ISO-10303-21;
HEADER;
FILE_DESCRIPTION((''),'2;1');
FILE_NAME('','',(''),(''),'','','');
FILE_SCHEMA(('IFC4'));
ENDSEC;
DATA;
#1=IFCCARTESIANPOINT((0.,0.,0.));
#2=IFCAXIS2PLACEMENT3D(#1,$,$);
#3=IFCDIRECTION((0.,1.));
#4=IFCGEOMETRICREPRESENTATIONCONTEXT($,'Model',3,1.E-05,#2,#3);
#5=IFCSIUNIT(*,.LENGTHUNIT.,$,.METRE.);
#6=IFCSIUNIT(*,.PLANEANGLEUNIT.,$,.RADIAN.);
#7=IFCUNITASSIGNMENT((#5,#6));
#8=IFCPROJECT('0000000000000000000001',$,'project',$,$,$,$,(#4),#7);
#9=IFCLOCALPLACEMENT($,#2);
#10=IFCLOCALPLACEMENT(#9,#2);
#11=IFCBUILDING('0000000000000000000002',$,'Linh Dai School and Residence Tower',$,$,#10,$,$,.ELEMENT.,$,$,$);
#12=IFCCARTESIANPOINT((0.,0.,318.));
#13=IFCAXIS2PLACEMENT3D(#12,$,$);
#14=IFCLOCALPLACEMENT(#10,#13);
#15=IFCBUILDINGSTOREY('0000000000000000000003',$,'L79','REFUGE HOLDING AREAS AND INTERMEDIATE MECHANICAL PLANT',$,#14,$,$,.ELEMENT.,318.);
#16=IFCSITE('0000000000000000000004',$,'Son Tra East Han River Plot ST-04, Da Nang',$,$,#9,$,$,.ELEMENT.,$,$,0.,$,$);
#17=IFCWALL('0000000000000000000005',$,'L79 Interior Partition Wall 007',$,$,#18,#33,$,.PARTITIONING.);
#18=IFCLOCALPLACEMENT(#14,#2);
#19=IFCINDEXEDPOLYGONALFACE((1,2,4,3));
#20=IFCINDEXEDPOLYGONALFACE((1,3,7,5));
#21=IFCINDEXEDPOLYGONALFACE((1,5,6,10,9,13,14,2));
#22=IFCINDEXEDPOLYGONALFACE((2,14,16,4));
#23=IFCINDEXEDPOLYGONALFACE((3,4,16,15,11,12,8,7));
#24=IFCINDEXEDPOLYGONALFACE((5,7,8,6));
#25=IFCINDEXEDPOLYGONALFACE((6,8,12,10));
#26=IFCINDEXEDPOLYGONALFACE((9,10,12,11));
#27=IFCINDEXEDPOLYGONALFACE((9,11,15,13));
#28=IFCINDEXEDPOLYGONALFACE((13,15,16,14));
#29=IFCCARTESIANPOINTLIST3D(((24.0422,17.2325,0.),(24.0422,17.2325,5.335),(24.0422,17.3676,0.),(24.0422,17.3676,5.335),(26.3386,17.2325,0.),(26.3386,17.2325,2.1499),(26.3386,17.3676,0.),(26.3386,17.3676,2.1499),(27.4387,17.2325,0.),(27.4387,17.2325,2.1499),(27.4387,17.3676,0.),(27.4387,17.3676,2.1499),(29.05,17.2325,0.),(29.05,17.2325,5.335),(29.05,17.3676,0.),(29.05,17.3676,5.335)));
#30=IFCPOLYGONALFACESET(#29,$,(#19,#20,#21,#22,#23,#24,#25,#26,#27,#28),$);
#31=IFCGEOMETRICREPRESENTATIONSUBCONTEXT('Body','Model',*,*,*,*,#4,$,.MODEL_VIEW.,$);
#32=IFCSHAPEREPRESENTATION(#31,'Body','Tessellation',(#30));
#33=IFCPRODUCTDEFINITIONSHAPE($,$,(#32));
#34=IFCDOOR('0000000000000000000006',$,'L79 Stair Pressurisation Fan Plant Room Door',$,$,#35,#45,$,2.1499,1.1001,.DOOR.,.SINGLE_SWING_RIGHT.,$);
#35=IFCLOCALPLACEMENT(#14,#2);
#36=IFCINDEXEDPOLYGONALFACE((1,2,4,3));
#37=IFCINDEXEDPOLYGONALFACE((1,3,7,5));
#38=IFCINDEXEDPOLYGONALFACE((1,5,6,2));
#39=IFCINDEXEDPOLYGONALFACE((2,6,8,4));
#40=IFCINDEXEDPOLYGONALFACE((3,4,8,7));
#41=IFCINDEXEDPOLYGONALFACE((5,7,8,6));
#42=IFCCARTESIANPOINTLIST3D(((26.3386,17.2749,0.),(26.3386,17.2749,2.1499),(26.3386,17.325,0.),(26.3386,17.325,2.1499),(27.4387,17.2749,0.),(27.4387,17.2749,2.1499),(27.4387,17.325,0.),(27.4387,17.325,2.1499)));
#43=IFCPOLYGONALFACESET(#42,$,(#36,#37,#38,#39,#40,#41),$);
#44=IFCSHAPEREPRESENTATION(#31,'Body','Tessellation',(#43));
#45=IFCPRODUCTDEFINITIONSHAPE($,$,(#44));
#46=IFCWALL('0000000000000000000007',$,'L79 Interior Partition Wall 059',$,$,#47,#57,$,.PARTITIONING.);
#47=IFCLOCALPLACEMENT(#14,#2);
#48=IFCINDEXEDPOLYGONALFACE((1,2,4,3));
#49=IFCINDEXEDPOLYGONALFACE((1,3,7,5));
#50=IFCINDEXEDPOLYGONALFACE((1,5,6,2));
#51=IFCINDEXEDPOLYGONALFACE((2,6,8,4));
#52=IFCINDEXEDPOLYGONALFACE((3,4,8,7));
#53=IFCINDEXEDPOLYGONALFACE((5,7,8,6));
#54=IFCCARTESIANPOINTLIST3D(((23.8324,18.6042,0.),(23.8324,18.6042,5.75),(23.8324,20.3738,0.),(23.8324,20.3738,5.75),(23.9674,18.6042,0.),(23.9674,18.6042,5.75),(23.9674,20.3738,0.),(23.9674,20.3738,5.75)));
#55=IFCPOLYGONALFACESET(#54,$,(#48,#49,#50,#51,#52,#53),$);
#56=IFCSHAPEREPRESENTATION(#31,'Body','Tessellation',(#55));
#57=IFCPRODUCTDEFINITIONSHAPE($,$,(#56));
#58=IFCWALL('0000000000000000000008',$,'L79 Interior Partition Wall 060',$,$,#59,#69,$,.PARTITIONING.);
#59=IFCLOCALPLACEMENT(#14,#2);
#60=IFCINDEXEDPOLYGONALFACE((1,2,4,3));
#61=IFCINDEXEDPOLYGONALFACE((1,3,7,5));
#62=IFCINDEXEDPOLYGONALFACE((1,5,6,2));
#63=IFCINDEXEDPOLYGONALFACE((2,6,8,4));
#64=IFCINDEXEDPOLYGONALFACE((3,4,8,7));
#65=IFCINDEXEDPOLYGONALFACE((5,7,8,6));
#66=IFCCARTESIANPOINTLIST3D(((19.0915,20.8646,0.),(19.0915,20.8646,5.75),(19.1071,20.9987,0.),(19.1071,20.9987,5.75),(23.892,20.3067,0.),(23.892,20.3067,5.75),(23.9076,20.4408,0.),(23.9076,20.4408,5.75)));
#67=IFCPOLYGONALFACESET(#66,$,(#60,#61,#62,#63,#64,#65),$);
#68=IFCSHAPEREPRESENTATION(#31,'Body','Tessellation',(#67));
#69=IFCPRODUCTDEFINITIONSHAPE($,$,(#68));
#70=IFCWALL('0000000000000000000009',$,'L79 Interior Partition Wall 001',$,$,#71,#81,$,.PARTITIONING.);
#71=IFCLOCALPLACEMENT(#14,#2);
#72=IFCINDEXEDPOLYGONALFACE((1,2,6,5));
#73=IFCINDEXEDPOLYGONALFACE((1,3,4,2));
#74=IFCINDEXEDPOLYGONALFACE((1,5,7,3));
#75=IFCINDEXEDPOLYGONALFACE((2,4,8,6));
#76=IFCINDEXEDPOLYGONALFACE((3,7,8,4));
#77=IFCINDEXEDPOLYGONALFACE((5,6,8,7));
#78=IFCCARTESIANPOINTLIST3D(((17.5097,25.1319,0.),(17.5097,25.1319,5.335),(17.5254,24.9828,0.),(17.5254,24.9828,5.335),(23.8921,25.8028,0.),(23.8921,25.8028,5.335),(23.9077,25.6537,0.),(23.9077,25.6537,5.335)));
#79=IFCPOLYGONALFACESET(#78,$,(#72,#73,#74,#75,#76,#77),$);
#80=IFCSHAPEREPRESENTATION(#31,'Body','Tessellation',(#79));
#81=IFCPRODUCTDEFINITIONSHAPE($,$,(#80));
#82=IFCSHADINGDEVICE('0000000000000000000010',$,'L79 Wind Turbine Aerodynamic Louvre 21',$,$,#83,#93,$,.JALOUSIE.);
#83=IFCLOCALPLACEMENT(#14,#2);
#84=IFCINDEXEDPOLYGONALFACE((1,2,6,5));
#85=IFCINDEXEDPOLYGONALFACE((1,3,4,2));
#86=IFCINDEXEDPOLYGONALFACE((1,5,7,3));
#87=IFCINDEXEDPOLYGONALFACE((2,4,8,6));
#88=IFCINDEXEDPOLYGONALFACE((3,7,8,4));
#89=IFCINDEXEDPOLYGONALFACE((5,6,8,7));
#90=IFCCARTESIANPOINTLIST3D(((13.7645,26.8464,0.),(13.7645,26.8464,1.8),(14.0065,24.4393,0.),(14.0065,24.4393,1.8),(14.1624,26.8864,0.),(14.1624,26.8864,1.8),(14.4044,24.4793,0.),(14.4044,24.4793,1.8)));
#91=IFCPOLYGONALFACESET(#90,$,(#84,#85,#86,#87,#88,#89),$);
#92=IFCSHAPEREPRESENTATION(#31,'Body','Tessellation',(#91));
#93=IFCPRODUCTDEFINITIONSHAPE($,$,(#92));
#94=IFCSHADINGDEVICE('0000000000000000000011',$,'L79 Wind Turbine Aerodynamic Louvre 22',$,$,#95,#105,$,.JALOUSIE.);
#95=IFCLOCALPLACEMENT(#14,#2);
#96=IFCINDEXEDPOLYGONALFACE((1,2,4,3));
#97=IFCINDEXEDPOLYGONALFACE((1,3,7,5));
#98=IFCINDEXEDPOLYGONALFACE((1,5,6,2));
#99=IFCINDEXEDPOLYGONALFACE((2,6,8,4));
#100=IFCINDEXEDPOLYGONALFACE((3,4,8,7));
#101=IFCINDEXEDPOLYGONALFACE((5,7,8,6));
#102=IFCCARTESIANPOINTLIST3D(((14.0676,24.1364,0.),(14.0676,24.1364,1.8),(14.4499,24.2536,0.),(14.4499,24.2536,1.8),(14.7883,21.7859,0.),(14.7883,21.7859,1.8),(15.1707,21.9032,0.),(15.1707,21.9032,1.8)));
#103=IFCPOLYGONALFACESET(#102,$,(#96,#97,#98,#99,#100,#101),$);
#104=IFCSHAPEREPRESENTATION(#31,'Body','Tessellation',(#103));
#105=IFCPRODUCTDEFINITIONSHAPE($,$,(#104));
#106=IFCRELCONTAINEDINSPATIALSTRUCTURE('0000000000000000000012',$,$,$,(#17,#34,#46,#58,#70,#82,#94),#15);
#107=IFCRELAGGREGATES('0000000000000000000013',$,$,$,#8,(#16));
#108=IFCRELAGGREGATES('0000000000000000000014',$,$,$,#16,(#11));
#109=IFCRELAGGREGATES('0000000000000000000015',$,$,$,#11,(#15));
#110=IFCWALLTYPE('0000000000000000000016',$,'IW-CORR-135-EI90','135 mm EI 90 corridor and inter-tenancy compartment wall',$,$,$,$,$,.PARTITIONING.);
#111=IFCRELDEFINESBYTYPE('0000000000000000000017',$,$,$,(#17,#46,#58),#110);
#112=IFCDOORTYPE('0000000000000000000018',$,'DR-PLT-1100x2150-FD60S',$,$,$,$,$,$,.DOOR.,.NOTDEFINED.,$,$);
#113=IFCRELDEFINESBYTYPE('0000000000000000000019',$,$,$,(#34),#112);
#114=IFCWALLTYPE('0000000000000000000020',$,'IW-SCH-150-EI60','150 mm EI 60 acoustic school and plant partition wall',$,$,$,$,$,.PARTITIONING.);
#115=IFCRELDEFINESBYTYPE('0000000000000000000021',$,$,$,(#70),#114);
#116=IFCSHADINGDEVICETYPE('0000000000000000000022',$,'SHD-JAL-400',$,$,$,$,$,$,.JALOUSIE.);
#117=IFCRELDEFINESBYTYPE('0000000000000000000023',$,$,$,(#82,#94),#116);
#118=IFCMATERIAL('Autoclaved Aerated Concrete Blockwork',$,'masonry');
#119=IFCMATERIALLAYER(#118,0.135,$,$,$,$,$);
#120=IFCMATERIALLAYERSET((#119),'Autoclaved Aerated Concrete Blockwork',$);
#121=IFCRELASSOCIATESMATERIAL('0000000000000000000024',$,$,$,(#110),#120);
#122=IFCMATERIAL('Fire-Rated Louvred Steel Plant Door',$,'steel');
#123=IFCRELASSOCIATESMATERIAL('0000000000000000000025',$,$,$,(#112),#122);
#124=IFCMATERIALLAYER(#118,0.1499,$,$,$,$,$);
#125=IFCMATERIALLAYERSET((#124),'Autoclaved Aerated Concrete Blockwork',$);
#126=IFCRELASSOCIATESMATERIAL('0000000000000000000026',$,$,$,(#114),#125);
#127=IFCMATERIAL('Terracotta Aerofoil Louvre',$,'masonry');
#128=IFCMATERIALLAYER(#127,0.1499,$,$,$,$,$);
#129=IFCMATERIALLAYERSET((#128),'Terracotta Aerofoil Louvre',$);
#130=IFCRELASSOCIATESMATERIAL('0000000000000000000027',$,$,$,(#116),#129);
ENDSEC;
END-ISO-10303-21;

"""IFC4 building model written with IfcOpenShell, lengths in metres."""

from ifc_helpers import new_model, si_unit, direction, frame, frame_2d, origin, origin_2d, place, context, subcontext, project, spatial, rectangle, extrude, source, transform, mapped, material, layer, layer_set, type_object, element, fill, save


model = new_model("IFC4")

# Units and contexts
model_context = context("Model", 3, precision=1e-05, world=origin(), true_north=direction((0.0, 1.0)))
body_context = subcontext(model_context, "Body", "Model", "MODEL_VIEW")
ifc_project = project(units=[si_unit("LENGTHUNIT", "METRE"), si_unit("PLANEANGLEUNIT", "RADIAN")], contexts=[model_context])

# Site, building, storey
site_placement = place(None, origin())
site = spatial("IfcSite", under=ifc_project, at=site_placement, Name="Son Tra East Han River Plot ST-04, Da Nang", CompositionType="ELEMENT", RefElevation=0.0)
building_placement = place(site_placement, origin())
building = spatial("IfcBuilding", under=site, at=building_placement, Name="Linh Dai School and Residence Tower", CompositionType="ELEMENT")
storey_placement = place(building_placement, frame((0.0, 0.0, 318.0)))
storey = spatial("IfcBuildingStorey", under=building, at=storey_placement, Name="L79", Description="REFUGE HOLDING AREAS AND INTERMEDIATE MECHANICAL PLANT", CompositionType="ELEMENT", Elevation=318.0)

# Shared definitions
ifc_material_1 = material(Name="Autoclaved Aerated Concrete Blockwork", Category="masonry")
ifc_layer_1 = layer(ifc_material_1, 0.135)
ifc_layer_set_1 = layer_set([ifc_layer_1], Name="Autoclaved Aerated Concrete Blockwork")
wall_type_1 = type_object("IfcWallType", Name="IW-CORR-135-EI90", Description="135 mm EI 90 corridor and inter-tenancy compartment wall", PredefinedType="PARTITIONING", material=ifc_layer_set_1)

# Shared definitions
ifc_material_2 = material(Name="Fire-Rated Louvred Steel Plant Door", Category="steel")
door_type = type_object("IfcDoorType", Name="DR-PLT-1100x2150-FD60S", OperationType="NOTDEFINED", PredefinedType="DOOR", material=ifc_material_2)
shared_shape_1 = source(origin(), body_context, "Body", "SweptSolid", [
    extrude(rectangle(XDim=1.1001, YDim=2.1499, at=origin_2d()), frame((0.55, 0.0249, 1.075), z_axis=(0.0, -1.0, 0.0), x_axis=(1.0, 0.0, 0.0)), (0.0, 0.0, 1.0), 0.05),
])

# Wall, opening, door
wall_1_placement = place(storey_placement, frame((24.0422, 17.3, 0.0), z_axis=(0.0, 0.0, 1.0), x_axis=(1.0, 0.0, 0.0)))
wall_1 = element("IfcWall", 1, at=wall_1_placement, inside=storey, type_object=wall_type_1, Name="L79 Interior Partition Wall 007", PredefinedType="PARTITIONING", context=body_context, shape_type="SweptSolid", body=[
    extrude(rectangle(XDim=5.0078, YDim=0.135, at=frame_2d((2.5039, 0.0))), origin(), (0.0, 0.0, 1.0), 5.335),
])
opening_1_placement = place(wall_1_placement, frame((2.2964, 0.0, 0.0)))
opening_1 = element("IfcOpeningElement", 2, at=opening_1_placement, cuts=wall_1, PredefinedType="OPENING", context=body_context, shape_type="SweptSolid", body=[
    extrude(rectangle(XDim=1.1001, YDim=2.1499, at=origin_2d()), frame((0.55, 0.0776, 1.075), z_axis=(0.0, -1.0, 0.0), x_axis=(1.0, 0.0, 0.0)), (0.0, 0.0, 1.0), 0.155),
])
door_1_placement = place(opening_1_placement, origin())
door_1 = element("IfcDoor", 3, at=door_1_placement, inside=storey, type_object=door_type, Name="L79 Stair Pressurisation Fan Plant Room Door", OperationType="SINGLE_SWING_RIGHT", OverallHeight=2.1499, OverallWidth=1.1001, PredefinedType="DOOR", context=body_context, shape_type="MappedRepresentation", body=[
    mapped(shared_shape_1, transform((0.0, 0.0, 0.0), x_axis=(1.0, 0.0, 0.0), y_axis=(0.0, 1.0, 0.0), z_axis=(0.0, 0.0, 1.0), scale=1.0)),
])
fill(opening_1, door_1)

# Walls
wall_2_placement = place(storey_placement, frame((23.8999, 18.6042, 0.0), z_axis=(0.0, 0.0, 1.0), x_axis=(0.0, 1.0, 0.0)))
element("IfcWall", 4, at=wall_2_placement, inside=storey, type_object=wall_type_1, Name="L79 Interior Partition Wall 059", PredefinedType="PARTITIONING", context=body_context, shape_type="SweptSolid", body=[
    extrude(rectangle(XDim=1.7695, YDim=0.135, at=frame_2d((0.8848, 0.0))), origin(), (0.0, 0.0, 1.0), 5.75),
])
wall_3_placement = place(storey_placement, frame((23.8999, 20.3738, 0.0), z_axis=(0.0, 0.0, 1.0), x_axis=(-0.993315, 0.115431, 0.0)))
element("IfcWall", 5, at=wall_3_placement, inside=storey, type_object=wall_type_1, Name="L79 Interior Partition Wall 060", PredefinedType="PARTITIONING", context=body_context, shape_type="SweptSolid", body=[
    extrude(rectangle(XDim=4.8328, YDim=0.135, at=frame_2d((2.4165, 0.0))), origin(), (0.0, 0.0, 1.0), 5.75),
])
ifc_layer_2 = layer(ifc_material_1, 0.1499)
ifc_layer_set_2 = layer_set([ifc_layer_2], Name="Autoclaved Aerated Concrete Blockwork")
wall_type_2 = type_object("IfcWallType", Name="IW-SCH-150-EI60", Description="150 mm EI 60 acoustic school and plant partition wall", PredefinedType="PARTITIONING", material=ifc_layer_set_2)
wall_4_placement = place(storey_placement, frame((17.5176, 25.0574, 0.0), z_axis=(0.0, 0.0, 1.0), x_axis=(0.99452, 0.104542, 0.0)))
element("IfcWall", 6, at=wall_4_placement, inside=storey, type_object=wall_type_2, Name="L79 Interior Partition Wall 001", PredefinedType="PARTITIONING", context=body_context, shape_type="SweptSolid", body=[
    extrude(rectangle(XDim=6.4175, YDim=0.1499, at=frame_2d((3.2087, 0.0))), origin(), (0.0, 0.0, 1.0), 5.335),
])

# Shading devices
ifc_material_3 = material(Name="Terracotta Aerofoil Louvre", Category="masonry")
ifc_layer_3 = layer(ifc_material_3, 0.1499)
ifc_layer_set_3 = layer_set([ifc_layer_3], Name="Terracotta Aerofoil Louvre")
shading_device_type = type_object("IfcShadingDeviceType", Name="SHD-JAL-400", PredefinedType="JALOUSIE", material=ifc_layer_set_3)
shared_shape_2 = source(origin(), body_context, "Body", "SweptSolid", [
    extrude(rectangle(XDim=2.4192, YDim=0.3999, at=origin_2d()), origin(), (0.0, 0.0, 1.0), 1.8),
])
shading_device_1_placement = place(storey_placement, frame((14.0845, 25.6628, 0.0), z_axis=(0.0, 0.0, 1.0), x_axis=(-0.100015, 0.994986, 0.0)))
element("IfcShadingDevice", 7, at=shading_device_1_placement, inside=storey, type_object=shading_device_type, Name="L79 Wind Turbine Aerodynamic Louvre 21", PredefinedType="JALOUSIE", context=body_context, shape_type="MappedRepresentation", body=[
    mapped(shared_shape_2, transform((0.0, 0.0, 0.0), x_axis=(1.0, 0.0, 0.0), y_axis=(0.0, 1.0, 0.0), z_axis=(0.0, 0.0, 1.0), scale=1.0)),
])
shared_shape_3 = source(origin(), body_context, "Body", "SweptSolid", [
    extrude(rectangle(XDim=2.4585, YDim=0.3999, at=origin_2d()), origin(), (0.0, 0.0, 1.0), 1.8),
])
shading_device_2_placement = place(storey_placement, frame((14.6191, 23.0198, 0.0), z_axis=(0.0, 0.0, 1.0), x_axis=(-0.293157, 0.956064, 0.0)))
element("IfcShadingDevice", 8, at=shading_device_2_placement, inside=storey, type_object=shading_device_type, Name="L79 Wind Turbine Aerodynamic Louvre 22", PredefinedType="JALOUSIE", context=body_context, shape_type="MappedRepresentation", body=[
    mapped(shared_shape_3, transform((0.0, 0.0, 0.0), x_axis=(1.0, 0.0, 0.0), y_axis=(0.0, 1.0, 0.0), z_axis=(0.0, 0.0, 1.0), scale=1.0)),
])

save(model, "model.ifc")
